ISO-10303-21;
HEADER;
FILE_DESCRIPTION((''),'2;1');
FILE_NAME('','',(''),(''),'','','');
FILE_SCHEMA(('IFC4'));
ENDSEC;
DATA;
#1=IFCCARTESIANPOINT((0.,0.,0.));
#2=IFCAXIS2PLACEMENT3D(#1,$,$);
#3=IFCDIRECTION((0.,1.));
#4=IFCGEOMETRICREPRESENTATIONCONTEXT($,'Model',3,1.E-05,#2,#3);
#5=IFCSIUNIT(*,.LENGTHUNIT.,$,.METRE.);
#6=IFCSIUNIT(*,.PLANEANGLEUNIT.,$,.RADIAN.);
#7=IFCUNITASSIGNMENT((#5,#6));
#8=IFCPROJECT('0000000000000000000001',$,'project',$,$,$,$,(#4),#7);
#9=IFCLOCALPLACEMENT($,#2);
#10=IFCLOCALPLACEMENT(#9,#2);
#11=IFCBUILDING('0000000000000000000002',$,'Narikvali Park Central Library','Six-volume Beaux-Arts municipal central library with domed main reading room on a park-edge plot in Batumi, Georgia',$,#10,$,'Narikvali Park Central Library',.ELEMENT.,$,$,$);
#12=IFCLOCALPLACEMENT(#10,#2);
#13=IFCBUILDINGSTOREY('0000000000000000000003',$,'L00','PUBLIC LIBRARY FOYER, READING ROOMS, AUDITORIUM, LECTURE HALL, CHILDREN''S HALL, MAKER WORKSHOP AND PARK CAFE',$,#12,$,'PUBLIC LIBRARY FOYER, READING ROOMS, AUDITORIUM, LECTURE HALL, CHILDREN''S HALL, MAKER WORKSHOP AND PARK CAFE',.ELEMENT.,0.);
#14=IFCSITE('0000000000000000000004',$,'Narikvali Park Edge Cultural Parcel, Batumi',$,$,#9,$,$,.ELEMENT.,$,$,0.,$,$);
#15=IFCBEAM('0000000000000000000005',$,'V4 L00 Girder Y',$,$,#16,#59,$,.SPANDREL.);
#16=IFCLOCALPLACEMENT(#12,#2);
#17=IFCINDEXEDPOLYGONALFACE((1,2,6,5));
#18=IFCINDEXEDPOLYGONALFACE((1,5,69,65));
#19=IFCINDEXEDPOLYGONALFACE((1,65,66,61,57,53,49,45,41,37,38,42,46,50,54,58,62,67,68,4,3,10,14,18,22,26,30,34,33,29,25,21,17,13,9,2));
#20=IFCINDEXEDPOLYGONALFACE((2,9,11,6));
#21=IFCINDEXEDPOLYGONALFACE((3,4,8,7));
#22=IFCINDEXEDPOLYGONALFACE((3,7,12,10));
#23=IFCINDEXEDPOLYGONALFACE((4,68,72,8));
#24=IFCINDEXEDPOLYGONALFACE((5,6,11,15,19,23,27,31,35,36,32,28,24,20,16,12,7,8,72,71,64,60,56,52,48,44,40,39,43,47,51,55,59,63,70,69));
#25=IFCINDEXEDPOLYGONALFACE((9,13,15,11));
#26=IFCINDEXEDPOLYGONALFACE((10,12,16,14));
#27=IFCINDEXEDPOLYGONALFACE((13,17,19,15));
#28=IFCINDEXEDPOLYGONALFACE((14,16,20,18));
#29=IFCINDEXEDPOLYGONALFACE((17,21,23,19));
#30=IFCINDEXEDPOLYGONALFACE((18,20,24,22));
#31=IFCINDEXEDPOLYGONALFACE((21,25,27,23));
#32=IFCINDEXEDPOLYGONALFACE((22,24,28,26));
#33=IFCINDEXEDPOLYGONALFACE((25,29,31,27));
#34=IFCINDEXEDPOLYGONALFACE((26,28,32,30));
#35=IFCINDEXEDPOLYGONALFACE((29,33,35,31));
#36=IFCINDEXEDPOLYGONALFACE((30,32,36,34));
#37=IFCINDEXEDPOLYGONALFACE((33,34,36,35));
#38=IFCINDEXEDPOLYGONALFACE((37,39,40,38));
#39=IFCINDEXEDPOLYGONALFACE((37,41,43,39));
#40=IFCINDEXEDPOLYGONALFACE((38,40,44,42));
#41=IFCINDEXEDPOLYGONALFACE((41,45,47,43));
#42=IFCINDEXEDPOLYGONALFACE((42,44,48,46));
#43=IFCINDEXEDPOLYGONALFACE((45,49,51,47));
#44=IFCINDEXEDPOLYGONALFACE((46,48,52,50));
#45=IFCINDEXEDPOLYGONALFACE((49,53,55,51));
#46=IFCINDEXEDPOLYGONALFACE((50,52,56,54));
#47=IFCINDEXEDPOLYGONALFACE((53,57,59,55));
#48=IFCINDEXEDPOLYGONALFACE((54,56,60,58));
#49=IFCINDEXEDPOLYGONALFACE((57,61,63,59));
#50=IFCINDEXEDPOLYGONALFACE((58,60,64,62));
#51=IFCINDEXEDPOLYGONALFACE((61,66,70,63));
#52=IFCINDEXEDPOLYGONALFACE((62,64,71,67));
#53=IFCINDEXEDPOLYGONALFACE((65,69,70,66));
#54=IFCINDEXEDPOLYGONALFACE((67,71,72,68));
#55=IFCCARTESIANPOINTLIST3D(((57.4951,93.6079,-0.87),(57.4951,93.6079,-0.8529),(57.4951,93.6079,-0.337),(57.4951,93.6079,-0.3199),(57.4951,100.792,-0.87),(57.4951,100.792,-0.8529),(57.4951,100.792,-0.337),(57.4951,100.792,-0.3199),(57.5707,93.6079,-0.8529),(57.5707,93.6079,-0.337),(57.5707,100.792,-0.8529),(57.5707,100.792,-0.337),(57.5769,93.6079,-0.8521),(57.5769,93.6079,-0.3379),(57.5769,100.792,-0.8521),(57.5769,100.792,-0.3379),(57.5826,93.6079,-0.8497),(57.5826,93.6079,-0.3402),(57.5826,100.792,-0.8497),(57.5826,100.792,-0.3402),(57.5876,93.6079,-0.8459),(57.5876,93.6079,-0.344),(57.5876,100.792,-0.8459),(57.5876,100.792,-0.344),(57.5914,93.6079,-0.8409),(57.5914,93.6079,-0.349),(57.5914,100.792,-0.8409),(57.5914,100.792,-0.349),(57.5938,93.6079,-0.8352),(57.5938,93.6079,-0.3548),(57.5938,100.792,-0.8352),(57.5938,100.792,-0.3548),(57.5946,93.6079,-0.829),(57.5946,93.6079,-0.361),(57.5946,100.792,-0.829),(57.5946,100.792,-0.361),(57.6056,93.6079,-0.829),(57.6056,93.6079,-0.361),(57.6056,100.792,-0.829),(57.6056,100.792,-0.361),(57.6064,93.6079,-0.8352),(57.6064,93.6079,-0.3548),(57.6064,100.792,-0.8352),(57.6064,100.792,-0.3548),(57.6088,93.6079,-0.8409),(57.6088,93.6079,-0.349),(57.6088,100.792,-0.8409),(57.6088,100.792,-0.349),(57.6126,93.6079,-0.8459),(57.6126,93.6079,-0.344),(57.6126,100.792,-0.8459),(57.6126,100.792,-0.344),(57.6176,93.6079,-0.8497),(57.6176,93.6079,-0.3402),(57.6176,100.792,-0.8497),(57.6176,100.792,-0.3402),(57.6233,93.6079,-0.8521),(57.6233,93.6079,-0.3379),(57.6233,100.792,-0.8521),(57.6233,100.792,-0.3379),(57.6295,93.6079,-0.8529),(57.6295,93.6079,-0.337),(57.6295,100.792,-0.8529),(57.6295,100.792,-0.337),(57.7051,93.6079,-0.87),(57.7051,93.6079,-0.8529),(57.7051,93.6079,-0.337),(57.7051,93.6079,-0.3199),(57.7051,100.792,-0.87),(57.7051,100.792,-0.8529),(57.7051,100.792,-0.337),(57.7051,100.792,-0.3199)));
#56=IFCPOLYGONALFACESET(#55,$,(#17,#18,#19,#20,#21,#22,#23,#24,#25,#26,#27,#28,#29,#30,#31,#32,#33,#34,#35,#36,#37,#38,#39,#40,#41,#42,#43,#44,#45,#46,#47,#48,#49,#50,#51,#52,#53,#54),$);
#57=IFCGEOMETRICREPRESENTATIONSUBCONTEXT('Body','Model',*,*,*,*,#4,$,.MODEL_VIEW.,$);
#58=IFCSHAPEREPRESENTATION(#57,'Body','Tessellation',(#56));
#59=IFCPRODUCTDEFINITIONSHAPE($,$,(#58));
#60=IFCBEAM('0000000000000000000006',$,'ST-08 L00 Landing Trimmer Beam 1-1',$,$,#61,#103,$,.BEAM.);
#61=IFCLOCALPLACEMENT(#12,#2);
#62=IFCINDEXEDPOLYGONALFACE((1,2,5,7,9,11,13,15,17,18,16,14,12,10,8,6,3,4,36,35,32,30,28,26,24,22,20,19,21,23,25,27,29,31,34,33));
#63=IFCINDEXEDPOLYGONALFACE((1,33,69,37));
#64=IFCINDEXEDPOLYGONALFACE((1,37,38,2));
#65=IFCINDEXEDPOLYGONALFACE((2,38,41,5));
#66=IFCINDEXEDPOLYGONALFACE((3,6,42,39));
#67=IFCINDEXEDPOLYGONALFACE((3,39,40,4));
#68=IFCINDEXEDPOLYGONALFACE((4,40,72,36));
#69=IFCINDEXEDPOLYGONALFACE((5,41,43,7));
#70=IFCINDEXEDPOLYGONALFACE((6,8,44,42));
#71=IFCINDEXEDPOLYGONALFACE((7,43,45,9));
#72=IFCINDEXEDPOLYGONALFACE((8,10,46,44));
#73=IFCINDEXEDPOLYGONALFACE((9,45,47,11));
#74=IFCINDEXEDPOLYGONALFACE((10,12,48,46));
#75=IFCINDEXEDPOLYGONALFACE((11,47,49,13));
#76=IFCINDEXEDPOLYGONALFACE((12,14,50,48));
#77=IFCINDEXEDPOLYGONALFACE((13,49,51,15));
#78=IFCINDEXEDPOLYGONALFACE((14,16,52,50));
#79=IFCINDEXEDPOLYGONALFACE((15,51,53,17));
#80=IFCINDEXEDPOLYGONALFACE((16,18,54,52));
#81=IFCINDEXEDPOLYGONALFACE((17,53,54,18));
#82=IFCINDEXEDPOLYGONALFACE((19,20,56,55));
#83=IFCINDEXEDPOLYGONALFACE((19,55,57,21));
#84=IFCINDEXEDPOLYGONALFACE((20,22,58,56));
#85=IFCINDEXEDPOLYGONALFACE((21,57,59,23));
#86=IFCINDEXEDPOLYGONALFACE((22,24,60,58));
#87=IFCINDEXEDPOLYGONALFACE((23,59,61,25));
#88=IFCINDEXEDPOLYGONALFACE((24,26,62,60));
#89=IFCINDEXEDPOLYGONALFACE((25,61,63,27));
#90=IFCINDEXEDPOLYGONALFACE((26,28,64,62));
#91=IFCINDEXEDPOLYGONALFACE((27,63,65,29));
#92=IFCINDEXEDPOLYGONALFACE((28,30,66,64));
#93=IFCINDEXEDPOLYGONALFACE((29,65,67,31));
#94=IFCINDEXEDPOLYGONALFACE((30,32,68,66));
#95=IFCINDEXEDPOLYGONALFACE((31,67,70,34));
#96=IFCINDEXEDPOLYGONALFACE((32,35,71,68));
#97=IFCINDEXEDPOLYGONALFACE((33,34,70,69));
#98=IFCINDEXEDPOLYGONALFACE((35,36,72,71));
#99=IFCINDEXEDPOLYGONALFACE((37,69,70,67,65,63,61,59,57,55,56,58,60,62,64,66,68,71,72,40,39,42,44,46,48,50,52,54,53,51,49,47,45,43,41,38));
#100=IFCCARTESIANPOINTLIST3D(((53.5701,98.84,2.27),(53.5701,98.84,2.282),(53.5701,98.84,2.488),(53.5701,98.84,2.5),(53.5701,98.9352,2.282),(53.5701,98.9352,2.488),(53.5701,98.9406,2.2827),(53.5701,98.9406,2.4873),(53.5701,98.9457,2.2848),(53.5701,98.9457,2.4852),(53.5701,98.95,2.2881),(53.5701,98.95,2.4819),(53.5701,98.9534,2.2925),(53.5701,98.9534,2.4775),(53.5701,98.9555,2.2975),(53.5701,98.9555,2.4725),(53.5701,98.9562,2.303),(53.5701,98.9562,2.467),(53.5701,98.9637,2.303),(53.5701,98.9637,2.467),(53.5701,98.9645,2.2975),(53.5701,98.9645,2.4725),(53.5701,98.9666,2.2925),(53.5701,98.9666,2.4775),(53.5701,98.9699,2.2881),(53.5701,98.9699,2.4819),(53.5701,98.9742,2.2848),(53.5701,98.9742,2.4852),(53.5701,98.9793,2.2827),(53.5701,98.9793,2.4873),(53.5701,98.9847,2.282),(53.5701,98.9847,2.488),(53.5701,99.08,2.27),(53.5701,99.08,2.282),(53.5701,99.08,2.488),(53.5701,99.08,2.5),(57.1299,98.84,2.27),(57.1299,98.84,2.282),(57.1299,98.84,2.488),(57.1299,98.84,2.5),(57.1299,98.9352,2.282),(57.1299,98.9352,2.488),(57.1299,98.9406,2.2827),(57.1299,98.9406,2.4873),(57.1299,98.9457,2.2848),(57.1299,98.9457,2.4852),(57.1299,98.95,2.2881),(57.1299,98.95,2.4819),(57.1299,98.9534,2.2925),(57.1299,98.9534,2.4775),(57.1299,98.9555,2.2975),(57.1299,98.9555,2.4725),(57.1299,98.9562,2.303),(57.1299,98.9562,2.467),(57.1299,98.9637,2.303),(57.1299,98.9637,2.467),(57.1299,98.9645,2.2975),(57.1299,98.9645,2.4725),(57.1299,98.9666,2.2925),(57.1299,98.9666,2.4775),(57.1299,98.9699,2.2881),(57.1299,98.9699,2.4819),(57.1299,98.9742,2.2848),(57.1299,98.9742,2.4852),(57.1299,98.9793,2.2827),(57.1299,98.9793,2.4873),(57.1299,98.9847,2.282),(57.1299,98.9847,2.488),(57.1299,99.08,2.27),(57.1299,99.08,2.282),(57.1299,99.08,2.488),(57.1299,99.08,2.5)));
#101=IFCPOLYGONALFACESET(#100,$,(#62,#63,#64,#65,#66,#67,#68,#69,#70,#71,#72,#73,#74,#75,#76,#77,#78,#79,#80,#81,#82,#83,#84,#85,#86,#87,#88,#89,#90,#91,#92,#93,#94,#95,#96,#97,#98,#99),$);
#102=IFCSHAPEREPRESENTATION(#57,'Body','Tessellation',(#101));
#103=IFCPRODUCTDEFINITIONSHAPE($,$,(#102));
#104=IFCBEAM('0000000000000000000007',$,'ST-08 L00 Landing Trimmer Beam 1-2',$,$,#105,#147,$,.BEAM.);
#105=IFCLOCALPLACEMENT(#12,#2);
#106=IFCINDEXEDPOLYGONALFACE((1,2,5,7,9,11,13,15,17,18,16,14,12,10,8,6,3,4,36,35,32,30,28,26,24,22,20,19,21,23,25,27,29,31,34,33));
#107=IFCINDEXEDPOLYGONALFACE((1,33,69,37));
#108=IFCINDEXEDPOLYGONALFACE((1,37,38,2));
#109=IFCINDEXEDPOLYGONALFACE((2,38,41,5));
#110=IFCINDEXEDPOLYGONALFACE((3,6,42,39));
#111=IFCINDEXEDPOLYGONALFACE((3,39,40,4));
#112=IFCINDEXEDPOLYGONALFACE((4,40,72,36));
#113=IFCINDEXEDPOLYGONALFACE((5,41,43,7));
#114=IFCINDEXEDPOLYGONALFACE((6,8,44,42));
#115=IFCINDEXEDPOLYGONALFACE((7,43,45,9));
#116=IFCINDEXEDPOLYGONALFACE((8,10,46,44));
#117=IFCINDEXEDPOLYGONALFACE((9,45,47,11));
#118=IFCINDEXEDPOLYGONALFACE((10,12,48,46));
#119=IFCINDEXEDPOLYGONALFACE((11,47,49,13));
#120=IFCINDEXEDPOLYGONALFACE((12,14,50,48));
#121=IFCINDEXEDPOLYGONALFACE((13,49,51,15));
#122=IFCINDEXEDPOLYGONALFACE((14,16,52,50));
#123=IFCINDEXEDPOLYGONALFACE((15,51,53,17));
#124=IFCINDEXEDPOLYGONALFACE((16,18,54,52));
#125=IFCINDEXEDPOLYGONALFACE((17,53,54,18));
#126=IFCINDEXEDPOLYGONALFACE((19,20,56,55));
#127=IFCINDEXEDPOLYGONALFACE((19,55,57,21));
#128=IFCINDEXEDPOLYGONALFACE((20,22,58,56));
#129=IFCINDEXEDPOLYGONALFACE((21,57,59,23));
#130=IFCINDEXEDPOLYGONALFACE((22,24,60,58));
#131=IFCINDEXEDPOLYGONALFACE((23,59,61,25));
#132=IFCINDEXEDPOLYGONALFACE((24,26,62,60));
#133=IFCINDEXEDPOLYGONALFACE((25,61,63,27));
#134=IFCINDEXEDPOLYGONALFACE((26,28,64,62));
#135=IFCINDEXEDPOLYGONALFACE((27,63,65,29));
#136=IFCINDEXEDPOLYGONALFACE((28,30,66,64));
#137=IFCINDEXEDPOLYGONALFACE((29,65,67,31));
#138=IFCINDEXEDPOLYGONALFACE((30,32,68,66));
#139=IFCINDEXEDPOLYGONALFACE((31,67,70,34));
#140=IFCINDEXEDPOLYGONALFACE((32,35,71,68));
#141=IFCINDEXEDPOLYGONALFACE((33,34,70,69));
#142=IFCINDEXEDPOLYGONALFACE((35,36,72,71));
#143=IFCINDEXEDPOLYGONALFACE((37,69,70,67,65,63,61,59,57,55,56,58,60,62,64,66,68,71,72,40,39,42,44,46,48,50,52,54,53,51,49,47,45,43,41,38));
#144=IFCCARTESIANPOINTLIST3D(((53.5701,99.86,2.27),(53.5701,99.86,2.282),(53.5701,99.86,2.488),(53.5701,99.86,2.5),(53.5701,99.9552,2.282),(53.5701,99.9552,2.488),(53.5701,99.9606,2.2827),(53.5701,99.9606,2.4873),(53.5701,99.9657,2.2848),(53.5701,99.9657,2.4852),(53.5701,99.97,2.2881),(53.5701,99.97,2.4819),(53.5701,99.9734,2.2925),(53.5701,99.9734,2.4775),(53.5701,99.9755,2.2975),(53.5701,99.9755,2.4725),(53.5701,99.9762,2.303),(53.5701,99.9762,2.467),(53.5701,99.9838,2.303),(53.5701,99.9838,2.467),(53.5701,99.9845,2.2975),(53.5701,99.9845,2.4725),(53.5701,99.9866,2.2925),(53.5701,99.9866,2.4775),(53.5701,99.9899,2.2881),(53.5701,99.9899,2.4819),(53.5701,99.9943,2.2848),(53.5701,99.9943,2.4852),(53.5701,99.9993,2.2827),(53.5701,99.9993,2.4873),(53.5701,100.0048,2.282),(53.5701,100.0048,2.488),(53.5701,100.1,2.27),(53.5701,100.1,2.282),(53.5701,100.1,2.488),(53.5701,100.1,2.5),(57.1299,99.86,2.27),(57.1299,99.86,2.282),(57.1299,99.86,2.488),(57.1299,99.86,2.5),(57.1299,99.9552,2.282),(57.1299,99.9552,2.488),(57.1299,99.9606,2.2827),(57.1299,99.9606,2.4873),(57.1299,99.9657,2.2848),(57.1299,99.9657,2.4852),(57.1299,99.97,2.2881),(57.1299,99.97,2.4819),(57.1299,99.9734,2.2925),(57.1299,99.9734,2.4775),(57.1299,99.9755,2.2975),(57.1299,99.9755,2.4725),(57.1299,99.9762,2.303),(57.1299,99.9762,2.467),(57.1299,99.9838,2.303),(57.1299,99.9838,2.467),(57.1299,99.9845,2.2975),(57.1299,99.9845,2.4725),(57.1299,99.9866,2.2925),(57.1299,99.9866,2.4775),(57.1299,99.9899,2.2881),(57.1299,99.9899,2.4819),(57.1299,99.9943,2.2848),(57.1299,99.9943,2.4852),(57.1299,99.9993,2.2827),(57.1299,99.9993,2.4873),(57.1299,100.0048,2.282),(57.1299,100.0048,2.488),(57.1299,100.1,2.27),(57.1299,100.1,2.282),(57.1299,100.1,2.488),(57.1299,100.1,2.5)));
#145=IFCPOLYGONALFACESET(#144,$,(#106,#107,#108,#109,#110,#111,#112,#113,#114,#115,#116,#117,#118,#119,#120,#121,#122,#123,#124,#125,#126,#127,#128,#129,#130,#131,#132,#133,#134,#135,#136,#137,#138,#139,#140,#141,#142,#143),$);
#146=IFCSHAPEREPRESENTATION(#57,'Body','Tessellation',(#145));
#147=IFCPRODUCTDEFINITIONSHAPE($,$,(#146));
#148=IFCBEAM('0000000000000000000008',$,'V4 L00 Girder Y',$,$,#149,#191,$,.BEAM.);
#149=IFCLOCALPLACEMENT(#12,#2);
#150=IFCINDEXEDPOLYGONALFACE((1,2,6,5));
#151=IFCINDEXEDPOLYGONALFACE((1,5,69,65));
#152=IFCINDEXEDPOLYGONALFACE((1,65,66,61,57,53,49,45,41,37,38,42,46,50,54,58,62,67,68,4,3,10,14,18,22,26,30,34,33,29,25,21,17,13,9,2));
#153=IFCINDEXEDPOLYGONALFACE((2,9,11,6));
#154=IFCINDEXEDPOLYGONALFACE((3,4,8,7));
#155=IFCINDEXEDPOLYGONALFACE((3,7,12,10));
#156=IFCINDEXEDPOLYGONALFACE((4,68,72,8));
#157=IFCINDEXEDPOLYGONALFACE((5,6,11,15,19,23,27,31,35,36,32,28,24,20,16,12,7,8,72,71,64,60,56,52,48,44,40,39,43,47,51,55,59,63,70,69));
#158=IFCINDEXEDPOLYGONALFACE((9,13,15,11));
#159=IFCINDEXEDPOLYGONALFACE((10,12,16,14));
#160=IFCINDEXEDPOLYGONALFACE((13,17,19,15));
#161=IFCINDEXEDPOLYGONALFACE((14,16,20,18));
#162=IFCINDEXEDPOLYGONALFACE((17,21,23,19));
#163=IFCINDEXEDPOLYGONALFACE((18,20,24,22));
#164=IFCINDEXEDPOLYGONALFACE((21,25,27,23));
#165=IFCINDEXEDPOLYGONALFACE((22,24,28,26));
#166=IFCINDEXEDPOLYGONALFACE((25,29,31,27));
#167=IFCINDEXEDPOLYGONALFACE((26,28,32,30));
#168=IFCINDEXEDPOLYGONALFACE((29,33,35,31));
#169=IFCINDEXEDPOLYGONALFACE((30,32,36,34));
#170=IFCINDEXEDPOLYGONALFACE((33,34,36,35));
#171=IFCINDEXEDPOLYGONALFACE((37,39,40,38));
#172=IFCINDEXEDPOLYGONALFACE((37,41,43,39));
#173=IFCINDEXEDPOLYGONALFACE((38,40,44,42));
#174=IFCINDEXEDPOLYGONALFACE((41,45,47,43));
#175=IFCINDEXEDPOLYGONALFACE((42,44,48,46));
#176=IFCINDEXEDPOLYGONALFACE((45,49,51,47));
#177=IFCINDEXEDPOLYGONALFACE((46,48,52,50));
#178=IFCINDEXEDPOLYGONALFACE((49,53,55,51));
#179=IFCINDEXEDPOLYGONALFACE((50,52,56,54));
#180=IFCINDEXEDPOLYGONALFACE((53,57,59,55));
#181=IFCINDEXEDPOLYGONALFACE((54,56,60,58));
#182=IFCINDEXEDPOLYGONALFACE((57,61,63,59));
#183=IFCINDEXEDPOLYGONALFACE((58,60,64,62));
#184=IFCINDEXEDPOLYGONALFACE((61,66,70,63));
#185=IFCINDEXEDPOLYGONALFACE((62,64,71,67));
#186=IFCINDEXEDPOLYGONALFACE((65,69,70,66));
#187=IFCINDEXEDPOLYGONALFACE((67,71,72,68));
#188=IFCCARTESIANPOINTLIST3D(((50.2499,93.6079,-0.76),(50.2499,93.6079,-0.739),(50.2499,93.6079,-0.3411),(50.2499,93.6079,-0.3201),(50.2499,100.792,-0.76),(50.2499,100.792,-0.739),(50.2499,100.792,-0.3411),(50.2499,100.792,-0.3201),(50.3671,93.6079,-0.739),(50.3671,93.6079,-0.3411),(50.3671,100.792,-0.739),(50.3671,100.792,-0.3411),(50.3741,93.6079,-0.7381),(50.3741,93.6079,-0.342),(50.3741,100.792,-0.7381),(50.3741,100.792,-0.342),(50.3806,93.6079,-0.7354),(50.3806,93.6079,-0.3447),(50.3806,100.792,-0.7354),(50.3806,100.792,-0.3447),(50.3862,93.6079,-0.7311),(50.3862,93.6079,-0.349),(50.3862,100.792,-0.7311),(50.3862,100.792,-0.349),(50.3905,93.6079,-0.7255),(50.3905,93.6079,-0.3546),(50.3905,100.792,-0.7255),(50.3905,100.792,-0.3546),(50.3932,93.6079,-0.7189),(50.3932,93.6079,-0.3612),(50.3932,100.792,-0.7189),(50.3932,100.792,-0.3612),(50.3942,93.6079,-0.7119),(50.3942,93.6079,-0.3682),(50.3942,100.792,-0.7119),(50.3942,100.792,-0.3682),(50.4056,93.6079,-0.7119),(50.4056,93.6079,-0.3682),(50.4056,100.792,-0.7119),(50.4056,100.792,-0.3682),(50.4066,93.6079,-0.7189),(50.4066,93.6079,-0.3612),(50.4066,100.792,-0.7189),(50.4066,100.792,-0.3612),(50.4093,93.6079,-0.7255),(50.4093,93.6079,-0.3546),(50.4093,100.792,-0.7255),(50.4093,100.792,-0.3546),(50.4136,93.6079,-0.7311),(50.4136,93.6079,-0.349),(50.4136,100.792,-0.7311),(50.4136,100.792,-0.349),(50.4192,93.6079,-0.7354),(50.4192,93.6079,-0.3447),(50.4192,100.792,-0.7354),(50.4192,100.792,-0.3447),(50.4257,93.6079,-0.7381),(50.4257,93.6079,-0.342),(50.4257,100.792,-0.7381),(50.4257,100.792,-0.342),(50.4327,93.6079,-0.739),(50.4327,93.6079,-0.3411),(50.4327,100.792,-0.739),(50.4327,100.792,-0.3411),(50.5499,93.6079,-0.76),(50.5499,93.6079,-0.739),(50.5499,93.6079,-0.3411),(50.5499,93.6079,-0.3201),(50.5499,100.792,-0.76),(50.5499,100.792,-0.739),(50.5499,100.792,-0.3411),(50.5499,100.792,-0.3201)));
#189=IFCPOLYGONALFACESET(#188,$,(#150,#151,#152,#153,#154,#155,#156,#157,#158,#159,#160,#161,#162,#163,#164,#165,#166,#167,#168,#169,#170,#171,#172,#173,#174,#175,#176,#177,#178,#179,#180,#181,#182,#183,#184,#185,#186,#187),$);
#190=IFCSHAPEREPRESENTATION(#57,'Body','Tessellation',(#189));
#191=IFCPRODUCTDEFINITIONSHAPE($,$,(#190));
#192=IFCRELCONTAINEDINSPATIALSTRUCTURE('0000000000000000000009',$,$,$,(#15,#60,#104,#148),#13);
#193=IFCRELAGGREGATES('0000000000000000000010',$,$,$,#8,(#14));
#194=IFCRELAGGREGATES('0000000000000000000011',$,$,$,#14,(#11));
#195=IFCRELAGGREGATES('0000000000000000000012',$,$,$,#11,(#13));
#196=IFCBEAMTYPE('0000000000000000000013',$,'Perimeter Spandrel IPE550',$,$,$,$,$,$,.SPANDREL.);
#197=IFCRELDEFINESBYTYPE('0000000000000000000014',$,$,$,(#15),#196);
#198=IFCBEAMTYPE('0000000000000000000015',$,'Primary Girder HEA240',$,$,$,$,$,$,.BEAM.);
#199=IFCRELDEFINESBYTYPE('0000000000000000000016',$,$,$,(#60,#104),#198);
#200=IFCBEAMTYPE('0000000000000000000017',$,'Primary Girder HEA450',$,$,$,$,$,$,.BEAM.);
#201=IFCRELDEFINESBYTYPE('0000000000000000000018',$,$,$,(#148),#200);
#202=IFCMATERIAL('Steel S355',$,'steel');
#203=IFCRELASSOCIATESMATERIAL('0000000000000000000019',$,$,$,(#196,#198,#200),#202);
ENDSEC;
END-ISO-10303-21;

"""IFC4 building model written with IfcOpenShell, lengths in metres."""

from ifc_helpers import new_model, si_unit, direction, frame, origin, origin_2d, place, context, subcontext, project, spatial, i_section, extrude, material, material_profile, profile_set, type_object, element, save


model = new_model("IFC4")

# Units and contexts
model_context = context("Model", 3, precision=1e-05, world=origin(), true_north=direction((0.0, 1.0)))
body_context = subcontext(model_context, "Body", "Model", "MODEL_VIEW")
ifc_project = project(units=[si_unit("LENGTHUNIT", "METRE"), si_unit("PLANEANGLEUNIT", "RADIAN")], contexts=[model_context])

# Site, building, storey
site_placement = place(None, origin())
site = spatial("IfcSite", under=ifc_project, at=site_placement, Name="Narikvali Park Edge Cultural Parcel, Batumi", CompositionType="ELEMENT", RefElevation=0.0)
building_placement = place(site_placement, origin())
building = spatial("IfcBuilding", under=site, at=building_placement, Name="Narikvali Park Central Library", Description="Six-volume Beaux-Arts municipal central library with domed main reading room on a park-edge plot in Batumi, Georgia", LongName="Narikvali Park Central Library", CompositionType="ELEMENT")
storey_placement = place(building_placement, origin())
storey = spatial("IfcBuildingStorey", under=building, at=storey_placement, Name="L00", Description="PUBLIC LIBRARY FOYER, READING ROOMS, AUDITORIUM, LECTURE HALL, CHILDREN'S HALL, MAKER WORKSHOP AND PARK CAFE", LongName="PUBLIC LIBRARY FOYER, READING ROOMS, AUDITORIUM, LECTURE HALL, CHILDREN'S HALL, MAKER WORKSHOP AND PARK CAFE", CompositionType="ELEMENT", Elevation=0.0)

# Shared definitions
ifc_material_1 = material(Name="Steel S355", Category="steel")

# Beams
ifc_material_profile_1 = material_profile(ifc_material_1, i_section(OverallWidth=0.21, OverallDepth=0.55, WebThickness=0.011, FlangeThickness=0.0171, FilletRadius=0.0239, at=origin_2d()), Name="IPE 550")
ifc_profile_set_1 = profile_set([ifc_material_profile_1], Name="Steel S355")
beam_type_1 = type_object("IfcBeamType", Name="Perimeter Spandrel IPE550", PredefinedType="SPANDREL", material=ifc_profile_set_1)
beam_1_placement = place(storey_placement, frame((57.6001, 93.6079, -0.595), z_axis=(0.0, 1.0, 0.0), x_axis=(-1.0, 0.0, 0.0)))
element("IfcBeam", 1, at=beam_1_placement, inside=storey, type_object=beam_type_1, Name="V4 L00 Girder Y", PredefinedType="SPANDREL", context=body_context, shape_type="SweptSolid", body=[
    extrude(i_section(OverallWidth=0.21, OverallDepth=0.55, WebThickness=0.011, FlangeThickness=0.0171, FilletRadius=0.0239, at=origin_2d()), origin(), (0.0, 0.0, 1.0), 7.1841),
])
ifc_material_profile_2 = material_profile(ifc_material_1, i_section(OverallWidth=0.24, OverallDepth=0.23, WebThickness=0.0076, FlangeThickness=0.012, FilletRadius=0.021, at=origin_2d()), Name="HEA 240")
ifc_profile_set_2 = profile_set([ifc_material_profile_2], Name="Steel S355")
beam_type_2 = type_object("IfcBeamType", Name="Primary Girder HEA240", PredefinedType="BEAM", material=ifc_profile_set_2)
for number, where, z_axis, x_axis, name in (
    (2, (53.5701, 98.96, 2.385), (1.0, 0.0, 0.0), (0.0, 1.0, 0.0), "ST-08 L00 Landing Trimmer Beam 1-1"),
    (3, (53.5701, 99.98, 2.385), (1.0, 0.0, 0.0), (0.0, 1.0, 0.0), "ST-08 L00 Landing Trimmer Beam 1-2"),
):
    element("IfcBeam", number, at=place(storey_placement, frame(where, z_axis=z_axis, x_axis=x_axis)), inside=storey, type_object=beam_type_2, Name=name, PredefinedType="BEAM", context=body_context, shape_type="SweptSolid", body=[
        extrude(i_section(OverallWidth=0.24, OverallDepth=0.23, WebThickness=0.0076, FlangeThickness=0.012, FilletRadius=0.021, at=origin_2d()), origin(), (0.0, 0.0, 1.0), 3.5598),
    ])
ifc_material_profile_3 = material_profile(ifc_material_1, i_section(OverallWidth=0.3, OverallDepth=0.4399, WebThickness=0.0115, FlangeThickness=0.021, FilletRadius=0.0271, at=origin_2d()), Name="HEA 450")
ifc_profile_set_3 = profile_set([ifc_material_profile_3], Name="Steel S355")
beam_type_3 = type_object("IfcBeamType", Name="Primary Girder HEA450", PredefinedType="BEAM", material=ifc_profile_set_3)
beam_2_placement = place(storey_placement, frame((50.3999, 93.6079, -0.54), z_axis=(0.0, 1.0, 0.0), x_axis=(-1.0, 0.0, 0.0)))
element("IfcBeam", 4, at=beam_2_placement, inside=storey, type_object=beam_type_3, Name="V4 L00 Girder Y", PredefinedType="BEAM", context=body_context, shape_type="SweptSolid", body=[
    extrude(i_section(OverallWidth=0.3, OverallDepth=0.4399, WebThickness=0.0115, FlangeThickness=0.021, FilletRadius=0.0271, at=origin_2d()), origin(), (0.0, 0.0, 1.0), 7.1841),
])

save(model, "model.ifc")
